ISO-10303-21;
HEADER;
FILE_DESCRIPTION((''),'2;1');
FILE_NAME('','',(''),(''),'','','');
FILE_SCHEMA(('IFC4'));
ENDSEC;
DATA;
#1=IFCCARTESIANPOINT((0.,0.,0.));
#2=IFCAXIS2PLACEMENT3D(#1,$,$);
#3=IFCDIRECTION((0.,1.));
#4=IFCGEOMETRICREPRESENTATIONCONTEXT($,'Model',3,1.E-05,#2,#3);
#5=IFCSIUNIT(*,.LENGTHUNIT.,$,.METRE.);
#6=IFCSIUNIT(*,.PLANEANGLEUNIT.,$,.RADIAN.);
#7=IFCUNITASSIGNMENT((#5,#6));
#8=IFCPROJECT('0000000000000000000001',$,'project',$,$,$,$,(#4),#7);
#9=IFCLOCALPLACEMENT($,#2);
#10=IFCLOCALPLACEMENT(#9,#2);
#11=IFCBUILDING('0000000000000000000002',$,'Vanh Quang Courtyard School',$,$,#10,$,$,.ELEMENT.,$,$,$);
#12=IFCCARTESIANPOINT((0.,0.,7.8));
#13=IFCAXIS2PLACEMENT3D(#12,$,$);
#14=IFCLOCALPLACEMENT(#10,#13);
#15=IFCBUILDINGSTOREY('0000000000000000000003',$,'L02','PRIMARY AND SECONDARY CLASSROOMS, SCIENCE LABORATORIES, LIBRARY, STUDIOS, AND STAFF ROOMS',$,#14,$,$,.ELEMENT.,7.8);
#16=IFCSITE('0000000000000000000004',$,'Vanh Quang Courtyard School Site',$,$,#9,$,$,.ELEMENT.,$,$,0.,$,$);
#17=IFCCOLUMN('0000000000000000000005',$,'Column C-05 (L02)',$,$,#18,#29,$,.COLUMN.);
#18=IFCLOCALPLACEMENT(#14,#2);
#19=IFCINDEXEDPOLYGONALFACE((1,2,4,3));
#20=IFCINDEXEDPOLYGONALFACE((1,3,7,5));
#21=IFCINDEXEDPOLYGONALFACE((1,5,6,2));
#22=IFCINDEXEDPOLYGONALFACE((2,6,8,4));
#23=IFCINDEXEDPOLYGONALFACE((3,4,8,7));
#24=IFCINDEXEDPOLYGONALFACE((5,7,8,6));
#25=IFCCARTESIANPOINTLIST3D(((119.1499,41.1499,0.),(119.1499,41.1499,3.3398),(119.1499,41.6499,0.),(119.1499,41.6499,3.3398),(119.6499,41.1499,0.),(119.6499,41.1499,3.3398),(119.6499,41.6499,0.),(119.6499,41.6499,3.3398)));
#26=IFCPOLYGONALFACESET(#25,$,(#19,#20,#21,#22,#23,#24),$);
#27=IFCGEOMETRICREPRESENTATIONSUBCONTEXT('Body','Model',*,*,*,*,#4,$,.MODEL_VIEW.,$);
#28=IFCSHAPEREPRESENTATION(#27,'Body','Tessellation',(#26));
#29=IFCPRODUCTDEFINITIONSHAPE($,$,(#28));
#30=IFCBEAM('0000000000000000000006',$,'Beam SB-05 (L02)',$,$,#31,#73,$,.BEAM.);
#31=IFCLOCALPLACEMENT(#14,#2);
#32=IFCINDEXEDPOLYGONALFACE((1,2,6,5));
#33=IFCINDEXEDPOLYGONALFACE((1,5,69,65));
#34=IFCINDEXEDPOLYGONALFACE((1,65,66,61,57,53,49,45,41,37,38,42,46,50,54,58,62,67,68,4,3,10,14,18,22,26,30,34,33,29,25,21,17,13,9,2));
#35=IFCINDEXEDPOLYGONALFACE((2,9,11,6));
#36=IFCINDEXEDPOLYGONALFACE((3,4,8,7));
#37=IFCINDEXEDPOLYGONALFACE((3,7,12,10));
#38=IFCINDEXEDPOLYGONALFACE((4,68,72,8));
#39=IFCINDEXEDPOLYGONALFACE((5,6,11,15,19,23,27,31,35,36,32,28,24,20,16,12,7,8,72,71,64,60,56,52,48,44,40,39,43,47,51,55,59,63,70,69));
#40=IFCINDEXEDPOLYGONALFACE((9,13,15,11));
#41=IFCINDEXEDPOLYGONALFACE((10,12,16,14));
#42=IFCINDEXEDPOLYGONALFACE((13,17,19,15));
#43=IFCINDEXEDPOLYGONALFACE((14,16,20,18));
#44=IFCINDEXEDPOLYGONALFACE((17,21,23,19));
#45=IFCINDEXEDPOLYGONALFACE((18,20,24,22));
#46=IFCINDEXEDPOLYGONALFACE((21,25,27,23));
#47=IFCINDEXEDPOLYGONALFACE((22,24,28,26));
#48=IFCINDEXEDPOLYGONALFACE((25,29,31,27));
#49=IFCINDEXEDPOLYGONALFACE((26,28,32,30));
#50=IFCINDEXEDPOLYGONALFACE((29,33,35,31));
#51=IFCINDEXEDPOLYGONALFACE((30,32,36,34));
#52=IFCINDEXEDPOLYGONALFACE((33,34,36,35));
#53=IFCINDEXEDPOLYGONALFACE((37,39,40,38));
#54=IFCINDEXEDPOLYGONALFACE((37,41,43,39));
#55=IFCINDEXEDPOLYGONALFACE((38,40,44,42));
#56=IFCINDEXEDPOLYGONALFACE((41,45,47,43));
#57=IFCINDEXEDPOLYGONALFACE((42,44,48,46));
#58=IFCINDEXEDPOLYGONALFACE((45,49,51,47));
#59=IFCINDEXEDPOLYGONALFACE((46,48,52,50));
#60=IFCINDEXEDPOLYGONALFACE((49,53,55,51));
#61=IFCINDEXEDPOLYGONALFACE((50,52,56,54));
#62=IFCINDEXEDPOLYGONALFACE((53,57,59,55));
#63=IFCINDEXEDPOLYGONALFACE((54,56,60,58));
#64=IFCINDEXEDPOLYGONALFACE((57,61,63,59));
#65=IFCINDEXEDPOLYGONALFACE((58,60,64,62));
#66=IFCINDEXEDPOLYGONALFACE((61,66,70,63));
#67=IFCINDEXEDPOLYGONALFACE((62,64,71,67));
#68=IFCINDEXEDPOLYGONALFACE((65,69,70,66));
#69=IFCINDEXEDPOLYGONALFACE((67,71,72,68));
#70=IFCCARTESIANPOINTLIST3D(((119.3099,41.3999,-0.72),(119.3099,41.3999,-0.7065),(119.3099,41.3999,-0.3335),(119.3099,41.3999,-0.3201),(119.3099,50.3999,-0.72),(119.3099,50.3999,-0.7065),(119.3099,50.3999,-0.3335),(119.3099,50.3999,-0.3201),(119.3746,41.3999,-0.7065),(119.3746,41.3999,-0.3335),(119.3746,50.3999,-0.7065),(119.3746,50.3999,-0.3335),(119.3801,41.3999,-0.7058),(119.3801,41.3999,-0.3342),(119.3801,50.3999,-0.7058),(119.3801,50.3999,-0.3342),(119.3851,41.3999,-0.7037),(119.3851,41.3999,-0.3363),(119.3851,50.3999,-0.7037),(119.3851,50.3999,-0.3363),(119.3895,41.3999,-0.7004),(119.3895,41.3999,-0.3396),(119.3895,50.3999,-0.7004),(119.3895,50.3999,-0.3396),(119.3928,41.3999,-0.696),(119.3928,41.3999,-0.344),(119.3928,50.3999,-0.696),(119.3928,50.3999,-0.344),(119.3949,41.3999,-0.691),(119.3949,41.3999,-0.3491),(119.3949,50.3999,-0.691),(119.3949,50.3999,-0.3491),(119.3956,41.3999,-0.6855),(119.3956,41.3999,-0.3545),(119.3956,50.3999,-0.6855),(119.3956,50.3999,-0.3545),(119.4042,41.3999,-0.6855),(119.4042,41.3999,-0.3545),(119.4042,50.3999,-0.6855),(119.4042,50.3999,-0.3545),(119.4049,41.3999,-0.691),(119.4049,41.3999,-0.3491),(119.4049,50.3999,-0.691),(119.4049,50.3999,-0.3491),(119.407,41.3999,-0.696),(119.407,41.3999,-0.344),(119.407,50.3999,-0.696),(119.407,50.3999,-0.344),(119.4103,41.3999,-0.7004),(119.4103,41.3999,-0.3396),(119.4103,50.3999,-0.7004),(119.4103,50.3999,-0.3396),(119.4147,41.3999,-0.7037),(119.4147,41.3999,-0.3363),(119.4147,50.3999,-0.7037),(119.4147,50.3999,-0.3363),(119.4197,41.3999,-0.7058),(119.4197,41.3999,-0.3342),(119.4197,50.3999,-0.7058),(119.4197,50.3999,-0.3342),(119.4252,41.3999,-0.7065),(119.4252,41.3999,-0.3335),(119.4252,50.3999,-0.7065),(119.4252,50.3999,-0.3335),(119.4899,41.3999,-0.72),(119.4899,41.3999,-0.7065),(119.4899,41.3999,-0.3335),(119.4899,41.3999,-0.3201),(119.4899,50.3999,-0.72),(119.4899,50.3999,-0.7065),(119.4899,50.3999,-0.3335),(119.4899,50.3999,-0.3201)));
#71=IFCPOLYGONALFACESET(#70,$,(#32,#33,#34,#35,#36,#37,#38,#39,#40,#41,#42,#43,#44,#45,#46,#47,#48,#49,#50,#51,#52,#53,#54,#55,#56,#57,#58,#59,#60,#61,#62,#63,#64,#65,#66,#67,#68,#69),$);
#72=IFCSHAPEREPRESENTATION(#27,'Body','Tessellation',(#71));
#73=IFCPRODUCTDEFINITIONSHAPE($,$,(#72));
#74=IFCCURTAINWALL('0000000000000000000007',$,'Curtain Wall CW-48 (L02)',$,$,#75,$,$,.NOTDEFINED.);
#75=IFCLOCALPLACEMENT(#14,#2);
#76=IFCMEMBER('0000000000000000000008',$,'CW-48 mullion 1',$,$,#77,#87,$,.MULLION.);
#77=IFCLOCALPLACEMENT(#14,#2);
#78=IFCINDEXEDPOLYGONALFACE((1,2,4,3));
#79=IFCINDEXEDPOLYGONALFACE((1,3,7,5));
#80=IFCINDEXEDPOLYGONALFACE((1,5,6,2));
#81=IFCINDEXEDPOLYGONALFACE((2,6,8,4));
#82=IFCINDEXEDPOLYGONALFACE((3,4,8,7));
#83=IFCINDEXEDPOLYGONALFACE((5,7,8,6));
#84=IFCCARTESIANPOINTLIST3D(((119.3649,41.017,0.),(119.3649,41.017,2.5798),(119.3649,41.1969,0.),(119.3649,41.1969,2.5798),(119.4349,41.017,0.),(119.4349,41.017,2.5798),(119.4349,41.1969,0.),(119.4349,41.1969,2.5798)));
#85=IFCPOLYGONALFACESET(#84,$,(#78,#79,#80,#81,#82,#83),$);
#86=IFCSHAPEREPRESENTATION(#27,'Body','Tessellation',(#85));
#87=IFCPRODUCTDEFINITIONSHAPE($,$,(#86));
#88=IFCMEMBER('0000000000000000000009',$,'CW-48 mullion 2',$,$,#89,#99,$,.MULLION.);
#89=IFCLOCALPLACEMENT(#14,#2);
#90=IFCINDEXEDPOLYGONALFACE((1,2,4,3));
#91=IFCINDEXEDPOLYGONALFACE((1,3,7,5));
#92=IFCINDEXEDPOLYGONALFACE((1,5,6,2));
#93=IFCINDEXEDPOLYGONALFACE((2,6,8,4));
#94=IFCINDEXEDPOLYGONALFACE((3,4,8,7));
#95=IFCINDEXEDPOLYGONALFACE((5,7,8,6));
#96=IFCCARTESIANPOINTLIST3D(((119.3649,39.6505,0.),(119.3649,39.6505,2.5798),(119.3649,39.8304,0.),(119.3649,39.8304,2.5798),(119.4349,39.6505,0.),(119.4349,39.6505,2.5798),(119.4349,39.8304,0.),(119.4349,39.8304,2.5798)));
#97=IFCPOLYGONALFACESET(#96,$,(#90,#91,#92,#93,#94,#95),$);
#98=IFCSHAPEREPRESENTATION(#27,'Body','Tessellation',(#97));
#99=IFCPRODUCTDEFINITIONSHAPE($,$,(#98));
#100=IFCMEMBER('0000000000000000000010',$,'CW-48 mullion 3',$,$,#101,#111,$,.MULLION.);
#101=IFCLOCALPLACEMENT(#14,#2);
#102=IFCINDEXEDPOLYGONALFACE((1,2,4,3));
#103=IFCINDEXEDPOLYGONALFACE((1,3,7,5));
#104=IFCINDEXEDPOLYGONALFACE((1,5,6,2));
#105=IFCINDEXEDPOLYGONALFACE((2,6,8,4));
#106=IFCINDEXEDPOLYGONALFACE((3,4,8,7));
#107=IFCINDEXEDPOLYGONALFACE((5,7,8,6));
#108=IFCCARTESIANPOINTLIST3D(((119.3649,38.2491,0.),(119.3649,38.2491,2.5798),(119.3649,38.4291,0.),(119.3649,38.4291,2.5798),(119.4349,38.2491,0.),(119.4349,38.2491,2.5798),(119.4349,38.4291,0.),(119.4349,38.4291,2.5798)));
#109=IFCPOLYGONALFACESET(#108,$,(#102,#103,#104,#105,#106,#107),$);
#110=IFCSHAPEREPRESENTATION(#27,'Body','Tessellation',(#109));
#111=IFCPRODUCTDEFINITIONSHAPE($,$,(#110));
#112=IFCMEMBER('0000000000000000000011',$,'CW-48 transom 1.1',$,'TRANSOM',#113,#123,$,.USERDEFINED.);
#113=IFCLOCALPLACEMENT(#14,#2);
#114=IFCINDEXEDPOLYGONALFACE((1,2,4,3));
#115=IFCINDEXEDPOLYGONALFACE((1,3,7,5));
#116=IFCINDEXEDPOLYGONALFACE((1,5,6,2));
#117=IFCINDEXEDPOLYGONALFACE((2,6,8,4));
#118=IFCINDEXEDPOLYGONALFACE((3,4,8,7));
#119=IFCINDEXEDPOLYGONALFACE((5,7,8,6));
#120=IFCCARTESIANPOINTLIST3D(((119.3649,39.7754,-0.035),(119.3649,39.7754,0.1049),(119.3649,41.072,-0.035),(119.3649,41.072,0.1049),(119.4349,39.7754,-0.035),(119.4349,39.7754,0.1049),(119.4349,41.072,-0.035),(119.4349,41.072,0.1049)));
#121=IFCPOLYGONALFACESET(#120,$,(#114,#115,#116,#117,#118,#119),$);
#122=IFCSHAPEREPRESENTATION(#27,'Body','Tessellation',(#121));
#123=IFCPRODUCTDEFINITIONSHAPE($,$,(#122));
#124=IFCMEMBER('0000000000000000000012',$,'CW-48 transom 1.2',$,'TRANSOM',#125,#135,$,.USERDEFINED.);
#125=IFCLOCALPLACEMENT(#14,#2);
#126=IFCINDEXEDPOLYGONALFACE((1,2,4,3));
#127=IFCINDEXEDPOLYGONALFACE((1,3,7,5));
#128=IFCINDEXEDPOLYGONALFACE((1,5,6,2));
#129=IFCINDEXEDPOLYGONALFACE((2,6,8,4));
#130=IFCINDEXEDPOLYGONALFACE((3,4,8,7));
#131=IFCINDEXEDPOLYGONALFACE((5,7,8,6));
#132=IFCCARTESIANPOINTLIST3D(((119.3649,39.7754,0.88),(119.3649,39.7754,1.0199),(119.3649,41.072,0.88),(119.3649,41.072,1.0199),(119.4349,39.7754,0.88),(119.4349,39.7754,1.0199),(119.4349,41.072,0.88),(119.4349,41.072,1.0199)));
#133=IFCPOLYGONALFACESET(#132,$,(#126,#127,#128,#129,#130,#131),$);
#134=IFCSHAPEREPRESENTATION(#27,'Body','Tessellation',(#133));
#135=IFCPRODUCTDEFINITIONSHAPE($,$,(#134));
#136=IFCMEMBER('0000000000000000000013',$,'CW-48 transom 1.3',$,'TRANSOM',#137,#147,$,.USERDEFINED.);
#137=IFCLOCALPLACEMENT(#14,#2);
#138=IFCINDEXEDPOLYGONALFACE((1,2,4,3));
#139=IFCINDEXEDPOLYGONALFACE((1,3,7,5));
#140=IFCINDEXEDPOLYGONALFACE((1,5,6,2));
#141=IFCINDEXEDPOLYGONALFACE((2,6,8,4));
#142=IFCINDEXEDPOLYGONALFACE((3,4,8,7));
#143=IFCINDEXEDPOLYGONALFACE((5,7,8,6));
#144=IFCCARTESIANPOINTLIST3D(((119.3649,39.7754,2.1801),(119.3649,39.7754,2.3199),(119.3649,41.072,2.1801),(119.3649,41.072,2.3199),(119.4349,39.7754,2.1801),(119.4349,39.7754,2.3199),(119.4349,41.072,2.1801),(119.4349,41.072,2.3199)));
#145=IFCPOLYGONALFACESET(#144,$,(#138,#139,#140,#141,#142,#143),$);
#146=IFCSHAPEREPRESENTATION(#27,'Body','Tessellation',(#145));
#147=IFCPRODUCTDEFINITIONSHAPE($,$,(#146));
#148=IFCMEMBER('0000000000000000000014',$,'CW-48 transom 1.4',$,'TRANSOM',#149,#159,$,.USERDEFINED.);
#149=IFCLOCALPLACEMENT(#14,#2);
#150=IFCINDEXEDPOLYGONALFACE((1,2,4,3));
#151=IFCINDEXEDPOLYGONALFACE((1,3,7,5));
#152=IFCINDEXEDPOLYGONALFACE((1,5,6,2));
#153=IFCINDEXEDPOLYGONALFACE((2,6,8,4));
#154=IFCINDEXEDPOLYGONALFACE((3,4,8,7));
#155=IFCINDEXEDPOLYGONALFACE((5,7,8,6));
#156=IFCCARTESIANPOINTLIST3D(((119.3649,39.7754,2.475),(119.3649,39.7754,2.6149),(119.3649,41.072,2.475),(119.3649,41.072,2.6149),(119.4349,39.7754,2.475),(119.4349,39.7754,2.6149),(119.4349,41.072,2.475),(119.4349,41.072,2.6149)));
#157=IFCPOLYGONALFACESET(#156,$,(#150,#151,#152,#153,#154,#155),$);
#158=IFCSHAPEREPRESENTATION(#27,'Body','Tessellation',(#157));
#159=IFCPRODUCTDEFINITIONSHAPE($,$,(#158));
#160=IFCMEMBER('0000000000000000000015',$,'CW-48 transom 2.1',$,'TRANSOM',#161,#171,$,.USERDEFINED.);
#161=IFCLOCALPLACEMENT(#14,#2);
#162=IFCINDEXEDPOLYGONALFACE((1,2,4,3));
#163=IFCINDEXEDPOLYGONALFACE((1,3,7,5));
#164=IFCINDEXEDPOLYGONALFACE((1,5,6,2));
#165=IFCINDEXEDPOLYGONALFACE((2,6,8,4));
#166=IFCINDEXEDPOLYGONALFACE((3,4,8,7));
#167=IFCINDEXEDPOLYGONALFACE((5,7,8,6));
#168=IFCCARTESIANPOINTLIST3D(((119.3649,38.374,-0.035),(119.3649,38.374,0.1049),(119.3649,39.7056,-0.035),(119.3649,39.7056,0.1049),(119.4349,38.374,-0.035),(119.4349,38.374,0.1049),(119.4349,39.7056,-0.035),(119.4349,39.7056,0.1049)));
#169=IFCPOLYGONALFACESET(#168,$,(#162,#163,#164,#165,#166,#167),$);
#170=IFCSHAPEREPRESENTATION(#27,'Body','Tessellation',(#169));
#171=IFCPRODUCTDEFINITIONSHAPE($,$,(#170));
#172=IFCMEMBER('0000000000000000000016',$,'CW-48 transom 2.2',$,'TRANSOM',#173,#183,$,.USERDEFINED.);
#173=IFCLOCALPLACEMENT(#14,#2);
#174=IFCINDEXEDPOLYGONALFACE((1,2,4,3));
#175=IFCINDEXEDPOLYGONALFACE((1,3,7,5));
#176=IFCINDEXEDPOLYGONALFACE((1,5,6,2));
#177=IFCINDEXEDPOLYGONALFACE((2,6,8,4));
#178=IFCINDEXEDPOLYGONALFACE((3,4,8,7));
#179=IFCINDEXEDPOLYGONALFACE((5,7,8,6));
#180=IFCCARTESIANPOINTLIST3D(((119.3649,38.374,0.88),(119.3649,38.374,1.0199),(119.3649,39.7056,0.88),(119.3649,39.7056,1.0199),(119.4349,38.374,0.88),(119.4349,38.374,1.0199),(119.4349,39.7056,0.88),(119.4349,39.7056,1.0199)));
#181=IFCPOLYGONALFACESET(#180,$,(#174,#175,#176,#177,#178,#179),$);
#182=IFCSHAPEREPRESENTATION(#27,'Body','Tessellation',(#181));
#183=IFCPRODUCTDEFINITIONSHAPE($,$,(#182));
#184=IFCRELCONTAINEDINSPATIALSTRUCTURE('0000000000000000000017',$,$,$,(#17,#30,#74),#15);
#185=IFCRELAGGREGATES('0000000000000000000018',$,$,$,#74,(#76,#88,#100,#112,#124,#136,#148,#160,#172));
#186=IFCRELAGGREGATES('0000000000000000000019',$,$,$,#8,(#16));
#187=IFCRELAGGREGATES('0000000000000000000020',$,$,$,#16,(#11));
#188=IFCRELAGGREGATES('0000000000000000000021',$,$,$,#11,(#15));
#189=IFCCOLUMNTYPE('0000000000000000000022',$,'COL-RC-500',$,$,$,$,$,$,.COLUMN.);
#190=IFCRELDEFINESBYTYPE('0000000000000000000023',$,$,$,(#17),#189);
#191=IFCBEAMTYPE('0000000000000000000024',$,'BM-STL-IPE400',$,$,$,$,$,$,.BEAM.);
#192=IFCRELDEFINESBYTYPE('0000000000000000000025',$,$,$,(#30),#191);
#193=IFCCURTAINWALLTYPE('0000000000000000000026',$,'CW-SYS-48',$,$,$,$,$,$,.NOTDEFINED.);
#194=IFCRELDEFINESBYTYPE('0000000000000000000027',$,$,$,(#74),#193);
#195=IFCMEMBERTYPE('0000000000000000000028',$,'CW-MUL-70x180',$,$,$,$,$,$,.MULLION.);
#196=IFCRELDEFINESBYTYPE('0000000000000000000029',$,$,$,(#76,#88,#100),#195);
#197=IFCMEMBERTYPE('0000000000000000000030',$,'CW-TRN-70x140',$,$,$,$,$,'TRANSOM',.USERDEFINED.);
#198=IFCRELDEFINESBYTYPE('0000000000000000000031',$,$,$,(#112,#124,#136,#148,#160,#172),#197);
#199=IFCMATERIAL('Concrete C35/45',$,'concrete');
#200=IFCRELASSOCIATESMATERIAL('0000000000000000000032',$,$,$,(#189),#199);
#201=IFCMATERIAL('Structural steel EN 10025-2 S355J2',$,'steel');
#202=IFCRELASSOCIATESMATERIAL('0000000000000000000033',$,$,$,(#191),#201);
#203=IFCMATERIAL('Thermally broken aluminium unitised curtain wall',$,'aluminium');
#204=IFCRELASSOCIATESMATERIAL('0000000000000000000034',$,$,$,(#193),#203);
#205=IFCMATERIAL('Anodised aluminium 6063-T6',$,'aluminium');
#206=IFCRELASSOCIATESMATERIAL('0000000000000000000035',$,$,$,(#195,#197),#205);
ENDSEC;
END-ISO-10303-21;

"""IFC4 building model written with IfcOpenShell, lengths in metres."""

from ifc_helpers import new_model, si_unit, direction, frame, origin, origin_2d, place, context, subcontext, project, spatial, rectangle, i_section, extrude, material, material_profile, profile_set, type_object, element, aggregate, save


model = new_model("IFC4")

# Units and contexts
model_context = context("Model", 3, precision=1e-05, world=origin(), true_north=direction((0.0, 1.0)))
body_context = subcontext(model_context, "Body", "Model", "MODEL_VIEW")
ifc_project = project(units=[si_unit("LENGTHUNIT", "METRE"), si_unit("PLANEANGLEUNIT", "RADIAN")], contexts=[model_context])

# Site, building, storey
site_placement = place(None, origin())
site = spatial("IfcSite", under=ifc_project, at=site_placement, Name="Vanh Quang Courtyard School Site", CompositionType="ELEMENT", RefElevation=0.0)
building_placement = place(site_placement, origin())
building = spatial("IfcBuilding", under=site, at=building_placement, Name="Vanh Quang Courtyard School", CompositionType="ELEMENT")
storey_placement = place(building_placement, frame((0.0, 0.0, 7.8)))
storey = spatial("IfcBuildingStorey", under=building, at=storey_placement, Name="L02", Description="PRIMARY AND SECONDARY CLASSROOMS, SCIENCE LABORATORIES, LIBRARY, STUDIOS, AND STAFF ROOMS", CompositionType="ELEMENT", Elevation=7.8)

# Column
ifc_material_1 = material(Name="Concrete C35/45", Category="concrete")
ifc_material_profile_1 = material_profile(ifc_material_1, rectangle(XDim=0.5, YDim=0.5, at=origin_2d()), Name="RC-COL 500x500")
ifc_profile_set_1 = profile_set([ifc_material_profile_1], Name="Concrete C35/45")
column_type = type_object("IfcColumnType", Name="COL-RC-500", PredefinedType="COLUMN", material=ifc_profile_set_1)
column_placement = place(storey_placement, frame((119.3999, 41.3999, 0.0), z_axis=(0.0, 0.0, 1.0), x_axis=(1.0, 0.0, 0.0)))
element("IfcColumn", 1, at=column_placement, inside=storey, type_object=column_type, Name="Column C-05 (L02)", PredefinedType="COLUMN", context=body_context, shape_type="SweptSolid", body=[
    extrude(rectangle(XDim=0.5, YDim=0.5, at=origin_2d()), origin(), (0.0, 0.0, 1.0), 3.3398),
])

# Beam
ifc_material_2 = material(Name="Structural steel EN 10025-2 S355J2", Category="steel")
ifc_material_profile_2 = material_profile(ifc_material_2, i_section(OverallWidth=0.1799, OverallDepth=0.3999, WebThickness=0.0085, FlangeThickness=0.0134, FilletRadius=0.021, at=origin_2d()), Name="IPE 400")
ifc_profile_set_2 = profile_set([ifc_material_profile_2], Name="Structural steel EN 10025-2 S355J2")
beam_type = type_object("IfcBeamType", Name="BM-STL-IPE400", PredefinedType="BEAM", material=ifc_profile_set_2)
beam_placement = place(storey_placement, frame((119.3999, 41.3999, -0.52), z_axis=(0.0, 1.0, 0.0), x_axis=(-1.0, 0.0, 0.0)))
element("IfcBeam", 2, at=beam_placement, inside=storey, type_object=beam_type, Name="Beam SB-05 (L02)", PredefinedType="BEAM", context=body_context, shape_type="SweptSolid", body=[
    extrude(i_section(OverallWidth=0.1799, OverallDepth=0.3999, WebThickness=0.0085, FlangeThickness=0.0134, FilletRadius=0.021, at=origin_2d()), origin(), (0.0, 0.0, 1.0), 9.0),
])

# Curtain wall, members
ifc_material_3 = material(Name="Thermally broken aluminium unitised curtain wall", Category="aluminium")
curtain_wall_type = type_object("IfcCurtainWallType", Name="CW-SYS-48", PredefinedType="NOTDEFINED", material=ifc_material_3)
curtain_wall_placement = place(storey_placement, origin())
curtain_wall = element("IfcCurtainWall", 3, at=curtain_wall_placement, inside=storey, type_object=curtain_wall_type, Name="Curtain Wall CW-48 (L02)", PredefinedType="NOTDEFINED")
ifc_material_4 = material(Name="Anodised aluminium 6063-T6", Category="aluminium")
ifc_material_profile_3 = material_profile(ifc_material_4, rectangle(XDim=0.0701, YDim=0.1799, at=origin_2d()), Name="ALU-MUL 70x180")
ifc_profile_set_3 = profile_set([ifc_material_profile_3], Name="Anodised aluminium 6063-T6")
member_type_1 = type_object("IfcMemberType", Name="CW-MUL-70x180", PredefinedType="MULLION", material=ifc_profile_set_3)
member_1_placement = place(storey_placement, frame((119.3999, 41.1069, 0.0), z_axis=(0.0, 0.0, 1.0), x_axis=(1.0, 0.0, 0.0)))
member_1 = element("IfcMember", 4, at=member_1_placement, type_object=member_type_1, Name="CW-48 mullion 1", PredefinedType="MULLION", context=body_context, shape_type="SweptSolid", body=[
    extrude(rectangle(XDim=0.0701, YDim=0.1799, at=origin_2d()), origin(), (0.0, 0.0, 1.0), 2.5798),
])
member_2_placement = place(storey_placement, frame((119.3999, 39.7405, 0.0), z_axis=(0.0, 0.0, 1.0), x_axis=(1.0, 0.0, 0.0)))
member_2 = element("IfcMember", 5, at=member_2_placement, type_object=member_type_1, Name="CW-48 mullion 2", PredefinedType="MULLION", context=body_context, shape_type="SweptSolid", body=[
    extrude(rectangle(XDim=0.0701, YDim=0.1799, at=origin_2d()), origin(), (0.0, 0.0, 1.0), 2.5798),
])
member_3_placement = place(storey_placement, frame((119.3999, 38.3391, 0.0), z_axis=(0.0, 0.0, 1.0), x_axis=(1.0, 0.0, 0.0)))
member_3 = element("IfcMember", 6, at=member_3_placement, type_object=member_type_1, Name="CW-48 mullion 3", PredefinedType="MULLION", context=body_context, shape_type="SweptSolid", body=[
    extrude(rectangle(XDim=0.0701, YDim=0.1799, at=origin_2d()), origin(), (0.0, 0.0, 1.0), 2.5798),
])
ifc_material_profile_4 = material_profile(ifc_material_4, rectangle(XDim=0.0701, YDim=0.1399, at=origin_2d()), Name="ALU-TRN 70x140")
ifc_profile_set_4 = profile_set([ifc_material_profile_4], Name="Anodised aluminium 6063-T6")
member_type_2 = type_object("IfcMemberType", Name="CW-TRN-70x140", ElementType="TRANSOM", PredefinedType="USERDEFINED", material=ifc_profile_set_4)
member_4_placement = place(storey_placement, frame((119.3999, 41.072, 0.0349), z_axis=(0.0, -1.0, 0.0), x_axis=(1.0, 0.0, 0.0)))
member_4 = element("IfcMember", 7, at=member_4_placement, type_object=member_type_2, Name="CW-48 transom 1.1", ObjectType="TRANSOM", PredefinedType="USERDEFINED", context=body_context, shape_type="SweptSolid", body=[
    extrude(rectangle(XDim=0.0701, YDim=0.1399, at=origin_2d()), origin(), (0.0, 0.0, 1.0), 1.2966),
])
member_5_placement = place(storey_placement, frame((119.3999, 41.072, 0.95), z_axis=(0.0, -1.0, 0.0), x_axis=(1.0, 0.0, 0.0)))
member_5 = element("IfcMember", 8, at=member_5_placement, type_object=member_type_2, Name="CW-48 transom 1.2", ObjectType="TRANSOM", PredefinedType="USERDEFINED", context=body_context, shape_type="SweptSolid", body=[
    extrude(rectangle(XDim=0.0701, YDim=0.1399, at=origin_2d()), origin(), (0.0, 0.0, 1.0), 1.2966),
])
member_6_placement = place(storey_placement, frame((119.3999, 41.072, 2.25), z_axis=(0.0, -1.0, 0.0), x_axis=(1.0, 0.0, 0.0)))
member_6 = element("IfcMember", 9, at=member_6_placement, type_object=member_type_2, Name="CW-48 transom 1.3", ObjectType="TRANSOM", PredefinedType="USERDEFINED", context=body_context, shape_type="SweptSolid", body=[
    extrude(rectangle(XDim=0.0701, YDim=0.1399, at=origin_2d()), origin(), (0.0, 0.0, 1.0), 1.2966),
])
member_7_placement = place(storey_placement, frame((119.3999, 41.072, 2.5449), z_axis=(0.0, -1.0, 0.0), x_axis=(1.0, 0.0, 0.0)))
member_7 = element("IfcMember", 10, at=member_7_placement, type_object=member_type_2, Name="CW-48 transom 1.4", ObjectType="TRANSOM", PredefinedType="USERDEFINED", context=body_context, shape_type="SweptSolid", body=[
    extrude(rectangle(XDim=0.0701, YDim=0.1399, at=origin_2d()), origin(), (0.0, 0.0, 1.0), 1.2966),
])
member_8_placement = place(storey_placement, frame((119.3999, 39.7056, 0.0349), z_axis=(0.0, -1.0, 0.0), x_axis=(1.0, 0.0, 0.0)))
member_8 = element("IfcMember", 11, at=member_8_placement, type_object=member_type_2, Name="CW-48 transom 2.1", ObjectType="TRANSOM", PredefinedType="USERDEFINED", context=body_context, shape_type="SweptSolid", body=[
    extrude(rectangle(XDim=0.0701, YDim=0.1399, at=origin_2d()), origin(), (0.0, 0.0, 1.0), 1.3315),
])
member_9_placement = place(storey_placement, frame((119.3999, 39.7056, 0.95), z_axis=(0.0, -1.0, 0.0), x_axis=(1.0, 0.0, 0.0)))
member_9 = element("IfcMember", 12, at=member_9_placement, type_object=member_type_2, Name="CW-48 transom 2.2", ObjectType="TRANSOM", PredefinedType="USERDEFINED", context=body_context, shape_type="SweptSolid", body=[
    extrude(rectangle(XDim=0.0701, YDim=0.1399, at=origin_2d()), origin(), (0.0, 0.0, 1.0), 1.3315),
])
aggregate(curtain_wall, [member_1, member_2, member_3, member_4, member_5, member_6, member_7, member_8, member_9])

save(model, "model.ifc")
